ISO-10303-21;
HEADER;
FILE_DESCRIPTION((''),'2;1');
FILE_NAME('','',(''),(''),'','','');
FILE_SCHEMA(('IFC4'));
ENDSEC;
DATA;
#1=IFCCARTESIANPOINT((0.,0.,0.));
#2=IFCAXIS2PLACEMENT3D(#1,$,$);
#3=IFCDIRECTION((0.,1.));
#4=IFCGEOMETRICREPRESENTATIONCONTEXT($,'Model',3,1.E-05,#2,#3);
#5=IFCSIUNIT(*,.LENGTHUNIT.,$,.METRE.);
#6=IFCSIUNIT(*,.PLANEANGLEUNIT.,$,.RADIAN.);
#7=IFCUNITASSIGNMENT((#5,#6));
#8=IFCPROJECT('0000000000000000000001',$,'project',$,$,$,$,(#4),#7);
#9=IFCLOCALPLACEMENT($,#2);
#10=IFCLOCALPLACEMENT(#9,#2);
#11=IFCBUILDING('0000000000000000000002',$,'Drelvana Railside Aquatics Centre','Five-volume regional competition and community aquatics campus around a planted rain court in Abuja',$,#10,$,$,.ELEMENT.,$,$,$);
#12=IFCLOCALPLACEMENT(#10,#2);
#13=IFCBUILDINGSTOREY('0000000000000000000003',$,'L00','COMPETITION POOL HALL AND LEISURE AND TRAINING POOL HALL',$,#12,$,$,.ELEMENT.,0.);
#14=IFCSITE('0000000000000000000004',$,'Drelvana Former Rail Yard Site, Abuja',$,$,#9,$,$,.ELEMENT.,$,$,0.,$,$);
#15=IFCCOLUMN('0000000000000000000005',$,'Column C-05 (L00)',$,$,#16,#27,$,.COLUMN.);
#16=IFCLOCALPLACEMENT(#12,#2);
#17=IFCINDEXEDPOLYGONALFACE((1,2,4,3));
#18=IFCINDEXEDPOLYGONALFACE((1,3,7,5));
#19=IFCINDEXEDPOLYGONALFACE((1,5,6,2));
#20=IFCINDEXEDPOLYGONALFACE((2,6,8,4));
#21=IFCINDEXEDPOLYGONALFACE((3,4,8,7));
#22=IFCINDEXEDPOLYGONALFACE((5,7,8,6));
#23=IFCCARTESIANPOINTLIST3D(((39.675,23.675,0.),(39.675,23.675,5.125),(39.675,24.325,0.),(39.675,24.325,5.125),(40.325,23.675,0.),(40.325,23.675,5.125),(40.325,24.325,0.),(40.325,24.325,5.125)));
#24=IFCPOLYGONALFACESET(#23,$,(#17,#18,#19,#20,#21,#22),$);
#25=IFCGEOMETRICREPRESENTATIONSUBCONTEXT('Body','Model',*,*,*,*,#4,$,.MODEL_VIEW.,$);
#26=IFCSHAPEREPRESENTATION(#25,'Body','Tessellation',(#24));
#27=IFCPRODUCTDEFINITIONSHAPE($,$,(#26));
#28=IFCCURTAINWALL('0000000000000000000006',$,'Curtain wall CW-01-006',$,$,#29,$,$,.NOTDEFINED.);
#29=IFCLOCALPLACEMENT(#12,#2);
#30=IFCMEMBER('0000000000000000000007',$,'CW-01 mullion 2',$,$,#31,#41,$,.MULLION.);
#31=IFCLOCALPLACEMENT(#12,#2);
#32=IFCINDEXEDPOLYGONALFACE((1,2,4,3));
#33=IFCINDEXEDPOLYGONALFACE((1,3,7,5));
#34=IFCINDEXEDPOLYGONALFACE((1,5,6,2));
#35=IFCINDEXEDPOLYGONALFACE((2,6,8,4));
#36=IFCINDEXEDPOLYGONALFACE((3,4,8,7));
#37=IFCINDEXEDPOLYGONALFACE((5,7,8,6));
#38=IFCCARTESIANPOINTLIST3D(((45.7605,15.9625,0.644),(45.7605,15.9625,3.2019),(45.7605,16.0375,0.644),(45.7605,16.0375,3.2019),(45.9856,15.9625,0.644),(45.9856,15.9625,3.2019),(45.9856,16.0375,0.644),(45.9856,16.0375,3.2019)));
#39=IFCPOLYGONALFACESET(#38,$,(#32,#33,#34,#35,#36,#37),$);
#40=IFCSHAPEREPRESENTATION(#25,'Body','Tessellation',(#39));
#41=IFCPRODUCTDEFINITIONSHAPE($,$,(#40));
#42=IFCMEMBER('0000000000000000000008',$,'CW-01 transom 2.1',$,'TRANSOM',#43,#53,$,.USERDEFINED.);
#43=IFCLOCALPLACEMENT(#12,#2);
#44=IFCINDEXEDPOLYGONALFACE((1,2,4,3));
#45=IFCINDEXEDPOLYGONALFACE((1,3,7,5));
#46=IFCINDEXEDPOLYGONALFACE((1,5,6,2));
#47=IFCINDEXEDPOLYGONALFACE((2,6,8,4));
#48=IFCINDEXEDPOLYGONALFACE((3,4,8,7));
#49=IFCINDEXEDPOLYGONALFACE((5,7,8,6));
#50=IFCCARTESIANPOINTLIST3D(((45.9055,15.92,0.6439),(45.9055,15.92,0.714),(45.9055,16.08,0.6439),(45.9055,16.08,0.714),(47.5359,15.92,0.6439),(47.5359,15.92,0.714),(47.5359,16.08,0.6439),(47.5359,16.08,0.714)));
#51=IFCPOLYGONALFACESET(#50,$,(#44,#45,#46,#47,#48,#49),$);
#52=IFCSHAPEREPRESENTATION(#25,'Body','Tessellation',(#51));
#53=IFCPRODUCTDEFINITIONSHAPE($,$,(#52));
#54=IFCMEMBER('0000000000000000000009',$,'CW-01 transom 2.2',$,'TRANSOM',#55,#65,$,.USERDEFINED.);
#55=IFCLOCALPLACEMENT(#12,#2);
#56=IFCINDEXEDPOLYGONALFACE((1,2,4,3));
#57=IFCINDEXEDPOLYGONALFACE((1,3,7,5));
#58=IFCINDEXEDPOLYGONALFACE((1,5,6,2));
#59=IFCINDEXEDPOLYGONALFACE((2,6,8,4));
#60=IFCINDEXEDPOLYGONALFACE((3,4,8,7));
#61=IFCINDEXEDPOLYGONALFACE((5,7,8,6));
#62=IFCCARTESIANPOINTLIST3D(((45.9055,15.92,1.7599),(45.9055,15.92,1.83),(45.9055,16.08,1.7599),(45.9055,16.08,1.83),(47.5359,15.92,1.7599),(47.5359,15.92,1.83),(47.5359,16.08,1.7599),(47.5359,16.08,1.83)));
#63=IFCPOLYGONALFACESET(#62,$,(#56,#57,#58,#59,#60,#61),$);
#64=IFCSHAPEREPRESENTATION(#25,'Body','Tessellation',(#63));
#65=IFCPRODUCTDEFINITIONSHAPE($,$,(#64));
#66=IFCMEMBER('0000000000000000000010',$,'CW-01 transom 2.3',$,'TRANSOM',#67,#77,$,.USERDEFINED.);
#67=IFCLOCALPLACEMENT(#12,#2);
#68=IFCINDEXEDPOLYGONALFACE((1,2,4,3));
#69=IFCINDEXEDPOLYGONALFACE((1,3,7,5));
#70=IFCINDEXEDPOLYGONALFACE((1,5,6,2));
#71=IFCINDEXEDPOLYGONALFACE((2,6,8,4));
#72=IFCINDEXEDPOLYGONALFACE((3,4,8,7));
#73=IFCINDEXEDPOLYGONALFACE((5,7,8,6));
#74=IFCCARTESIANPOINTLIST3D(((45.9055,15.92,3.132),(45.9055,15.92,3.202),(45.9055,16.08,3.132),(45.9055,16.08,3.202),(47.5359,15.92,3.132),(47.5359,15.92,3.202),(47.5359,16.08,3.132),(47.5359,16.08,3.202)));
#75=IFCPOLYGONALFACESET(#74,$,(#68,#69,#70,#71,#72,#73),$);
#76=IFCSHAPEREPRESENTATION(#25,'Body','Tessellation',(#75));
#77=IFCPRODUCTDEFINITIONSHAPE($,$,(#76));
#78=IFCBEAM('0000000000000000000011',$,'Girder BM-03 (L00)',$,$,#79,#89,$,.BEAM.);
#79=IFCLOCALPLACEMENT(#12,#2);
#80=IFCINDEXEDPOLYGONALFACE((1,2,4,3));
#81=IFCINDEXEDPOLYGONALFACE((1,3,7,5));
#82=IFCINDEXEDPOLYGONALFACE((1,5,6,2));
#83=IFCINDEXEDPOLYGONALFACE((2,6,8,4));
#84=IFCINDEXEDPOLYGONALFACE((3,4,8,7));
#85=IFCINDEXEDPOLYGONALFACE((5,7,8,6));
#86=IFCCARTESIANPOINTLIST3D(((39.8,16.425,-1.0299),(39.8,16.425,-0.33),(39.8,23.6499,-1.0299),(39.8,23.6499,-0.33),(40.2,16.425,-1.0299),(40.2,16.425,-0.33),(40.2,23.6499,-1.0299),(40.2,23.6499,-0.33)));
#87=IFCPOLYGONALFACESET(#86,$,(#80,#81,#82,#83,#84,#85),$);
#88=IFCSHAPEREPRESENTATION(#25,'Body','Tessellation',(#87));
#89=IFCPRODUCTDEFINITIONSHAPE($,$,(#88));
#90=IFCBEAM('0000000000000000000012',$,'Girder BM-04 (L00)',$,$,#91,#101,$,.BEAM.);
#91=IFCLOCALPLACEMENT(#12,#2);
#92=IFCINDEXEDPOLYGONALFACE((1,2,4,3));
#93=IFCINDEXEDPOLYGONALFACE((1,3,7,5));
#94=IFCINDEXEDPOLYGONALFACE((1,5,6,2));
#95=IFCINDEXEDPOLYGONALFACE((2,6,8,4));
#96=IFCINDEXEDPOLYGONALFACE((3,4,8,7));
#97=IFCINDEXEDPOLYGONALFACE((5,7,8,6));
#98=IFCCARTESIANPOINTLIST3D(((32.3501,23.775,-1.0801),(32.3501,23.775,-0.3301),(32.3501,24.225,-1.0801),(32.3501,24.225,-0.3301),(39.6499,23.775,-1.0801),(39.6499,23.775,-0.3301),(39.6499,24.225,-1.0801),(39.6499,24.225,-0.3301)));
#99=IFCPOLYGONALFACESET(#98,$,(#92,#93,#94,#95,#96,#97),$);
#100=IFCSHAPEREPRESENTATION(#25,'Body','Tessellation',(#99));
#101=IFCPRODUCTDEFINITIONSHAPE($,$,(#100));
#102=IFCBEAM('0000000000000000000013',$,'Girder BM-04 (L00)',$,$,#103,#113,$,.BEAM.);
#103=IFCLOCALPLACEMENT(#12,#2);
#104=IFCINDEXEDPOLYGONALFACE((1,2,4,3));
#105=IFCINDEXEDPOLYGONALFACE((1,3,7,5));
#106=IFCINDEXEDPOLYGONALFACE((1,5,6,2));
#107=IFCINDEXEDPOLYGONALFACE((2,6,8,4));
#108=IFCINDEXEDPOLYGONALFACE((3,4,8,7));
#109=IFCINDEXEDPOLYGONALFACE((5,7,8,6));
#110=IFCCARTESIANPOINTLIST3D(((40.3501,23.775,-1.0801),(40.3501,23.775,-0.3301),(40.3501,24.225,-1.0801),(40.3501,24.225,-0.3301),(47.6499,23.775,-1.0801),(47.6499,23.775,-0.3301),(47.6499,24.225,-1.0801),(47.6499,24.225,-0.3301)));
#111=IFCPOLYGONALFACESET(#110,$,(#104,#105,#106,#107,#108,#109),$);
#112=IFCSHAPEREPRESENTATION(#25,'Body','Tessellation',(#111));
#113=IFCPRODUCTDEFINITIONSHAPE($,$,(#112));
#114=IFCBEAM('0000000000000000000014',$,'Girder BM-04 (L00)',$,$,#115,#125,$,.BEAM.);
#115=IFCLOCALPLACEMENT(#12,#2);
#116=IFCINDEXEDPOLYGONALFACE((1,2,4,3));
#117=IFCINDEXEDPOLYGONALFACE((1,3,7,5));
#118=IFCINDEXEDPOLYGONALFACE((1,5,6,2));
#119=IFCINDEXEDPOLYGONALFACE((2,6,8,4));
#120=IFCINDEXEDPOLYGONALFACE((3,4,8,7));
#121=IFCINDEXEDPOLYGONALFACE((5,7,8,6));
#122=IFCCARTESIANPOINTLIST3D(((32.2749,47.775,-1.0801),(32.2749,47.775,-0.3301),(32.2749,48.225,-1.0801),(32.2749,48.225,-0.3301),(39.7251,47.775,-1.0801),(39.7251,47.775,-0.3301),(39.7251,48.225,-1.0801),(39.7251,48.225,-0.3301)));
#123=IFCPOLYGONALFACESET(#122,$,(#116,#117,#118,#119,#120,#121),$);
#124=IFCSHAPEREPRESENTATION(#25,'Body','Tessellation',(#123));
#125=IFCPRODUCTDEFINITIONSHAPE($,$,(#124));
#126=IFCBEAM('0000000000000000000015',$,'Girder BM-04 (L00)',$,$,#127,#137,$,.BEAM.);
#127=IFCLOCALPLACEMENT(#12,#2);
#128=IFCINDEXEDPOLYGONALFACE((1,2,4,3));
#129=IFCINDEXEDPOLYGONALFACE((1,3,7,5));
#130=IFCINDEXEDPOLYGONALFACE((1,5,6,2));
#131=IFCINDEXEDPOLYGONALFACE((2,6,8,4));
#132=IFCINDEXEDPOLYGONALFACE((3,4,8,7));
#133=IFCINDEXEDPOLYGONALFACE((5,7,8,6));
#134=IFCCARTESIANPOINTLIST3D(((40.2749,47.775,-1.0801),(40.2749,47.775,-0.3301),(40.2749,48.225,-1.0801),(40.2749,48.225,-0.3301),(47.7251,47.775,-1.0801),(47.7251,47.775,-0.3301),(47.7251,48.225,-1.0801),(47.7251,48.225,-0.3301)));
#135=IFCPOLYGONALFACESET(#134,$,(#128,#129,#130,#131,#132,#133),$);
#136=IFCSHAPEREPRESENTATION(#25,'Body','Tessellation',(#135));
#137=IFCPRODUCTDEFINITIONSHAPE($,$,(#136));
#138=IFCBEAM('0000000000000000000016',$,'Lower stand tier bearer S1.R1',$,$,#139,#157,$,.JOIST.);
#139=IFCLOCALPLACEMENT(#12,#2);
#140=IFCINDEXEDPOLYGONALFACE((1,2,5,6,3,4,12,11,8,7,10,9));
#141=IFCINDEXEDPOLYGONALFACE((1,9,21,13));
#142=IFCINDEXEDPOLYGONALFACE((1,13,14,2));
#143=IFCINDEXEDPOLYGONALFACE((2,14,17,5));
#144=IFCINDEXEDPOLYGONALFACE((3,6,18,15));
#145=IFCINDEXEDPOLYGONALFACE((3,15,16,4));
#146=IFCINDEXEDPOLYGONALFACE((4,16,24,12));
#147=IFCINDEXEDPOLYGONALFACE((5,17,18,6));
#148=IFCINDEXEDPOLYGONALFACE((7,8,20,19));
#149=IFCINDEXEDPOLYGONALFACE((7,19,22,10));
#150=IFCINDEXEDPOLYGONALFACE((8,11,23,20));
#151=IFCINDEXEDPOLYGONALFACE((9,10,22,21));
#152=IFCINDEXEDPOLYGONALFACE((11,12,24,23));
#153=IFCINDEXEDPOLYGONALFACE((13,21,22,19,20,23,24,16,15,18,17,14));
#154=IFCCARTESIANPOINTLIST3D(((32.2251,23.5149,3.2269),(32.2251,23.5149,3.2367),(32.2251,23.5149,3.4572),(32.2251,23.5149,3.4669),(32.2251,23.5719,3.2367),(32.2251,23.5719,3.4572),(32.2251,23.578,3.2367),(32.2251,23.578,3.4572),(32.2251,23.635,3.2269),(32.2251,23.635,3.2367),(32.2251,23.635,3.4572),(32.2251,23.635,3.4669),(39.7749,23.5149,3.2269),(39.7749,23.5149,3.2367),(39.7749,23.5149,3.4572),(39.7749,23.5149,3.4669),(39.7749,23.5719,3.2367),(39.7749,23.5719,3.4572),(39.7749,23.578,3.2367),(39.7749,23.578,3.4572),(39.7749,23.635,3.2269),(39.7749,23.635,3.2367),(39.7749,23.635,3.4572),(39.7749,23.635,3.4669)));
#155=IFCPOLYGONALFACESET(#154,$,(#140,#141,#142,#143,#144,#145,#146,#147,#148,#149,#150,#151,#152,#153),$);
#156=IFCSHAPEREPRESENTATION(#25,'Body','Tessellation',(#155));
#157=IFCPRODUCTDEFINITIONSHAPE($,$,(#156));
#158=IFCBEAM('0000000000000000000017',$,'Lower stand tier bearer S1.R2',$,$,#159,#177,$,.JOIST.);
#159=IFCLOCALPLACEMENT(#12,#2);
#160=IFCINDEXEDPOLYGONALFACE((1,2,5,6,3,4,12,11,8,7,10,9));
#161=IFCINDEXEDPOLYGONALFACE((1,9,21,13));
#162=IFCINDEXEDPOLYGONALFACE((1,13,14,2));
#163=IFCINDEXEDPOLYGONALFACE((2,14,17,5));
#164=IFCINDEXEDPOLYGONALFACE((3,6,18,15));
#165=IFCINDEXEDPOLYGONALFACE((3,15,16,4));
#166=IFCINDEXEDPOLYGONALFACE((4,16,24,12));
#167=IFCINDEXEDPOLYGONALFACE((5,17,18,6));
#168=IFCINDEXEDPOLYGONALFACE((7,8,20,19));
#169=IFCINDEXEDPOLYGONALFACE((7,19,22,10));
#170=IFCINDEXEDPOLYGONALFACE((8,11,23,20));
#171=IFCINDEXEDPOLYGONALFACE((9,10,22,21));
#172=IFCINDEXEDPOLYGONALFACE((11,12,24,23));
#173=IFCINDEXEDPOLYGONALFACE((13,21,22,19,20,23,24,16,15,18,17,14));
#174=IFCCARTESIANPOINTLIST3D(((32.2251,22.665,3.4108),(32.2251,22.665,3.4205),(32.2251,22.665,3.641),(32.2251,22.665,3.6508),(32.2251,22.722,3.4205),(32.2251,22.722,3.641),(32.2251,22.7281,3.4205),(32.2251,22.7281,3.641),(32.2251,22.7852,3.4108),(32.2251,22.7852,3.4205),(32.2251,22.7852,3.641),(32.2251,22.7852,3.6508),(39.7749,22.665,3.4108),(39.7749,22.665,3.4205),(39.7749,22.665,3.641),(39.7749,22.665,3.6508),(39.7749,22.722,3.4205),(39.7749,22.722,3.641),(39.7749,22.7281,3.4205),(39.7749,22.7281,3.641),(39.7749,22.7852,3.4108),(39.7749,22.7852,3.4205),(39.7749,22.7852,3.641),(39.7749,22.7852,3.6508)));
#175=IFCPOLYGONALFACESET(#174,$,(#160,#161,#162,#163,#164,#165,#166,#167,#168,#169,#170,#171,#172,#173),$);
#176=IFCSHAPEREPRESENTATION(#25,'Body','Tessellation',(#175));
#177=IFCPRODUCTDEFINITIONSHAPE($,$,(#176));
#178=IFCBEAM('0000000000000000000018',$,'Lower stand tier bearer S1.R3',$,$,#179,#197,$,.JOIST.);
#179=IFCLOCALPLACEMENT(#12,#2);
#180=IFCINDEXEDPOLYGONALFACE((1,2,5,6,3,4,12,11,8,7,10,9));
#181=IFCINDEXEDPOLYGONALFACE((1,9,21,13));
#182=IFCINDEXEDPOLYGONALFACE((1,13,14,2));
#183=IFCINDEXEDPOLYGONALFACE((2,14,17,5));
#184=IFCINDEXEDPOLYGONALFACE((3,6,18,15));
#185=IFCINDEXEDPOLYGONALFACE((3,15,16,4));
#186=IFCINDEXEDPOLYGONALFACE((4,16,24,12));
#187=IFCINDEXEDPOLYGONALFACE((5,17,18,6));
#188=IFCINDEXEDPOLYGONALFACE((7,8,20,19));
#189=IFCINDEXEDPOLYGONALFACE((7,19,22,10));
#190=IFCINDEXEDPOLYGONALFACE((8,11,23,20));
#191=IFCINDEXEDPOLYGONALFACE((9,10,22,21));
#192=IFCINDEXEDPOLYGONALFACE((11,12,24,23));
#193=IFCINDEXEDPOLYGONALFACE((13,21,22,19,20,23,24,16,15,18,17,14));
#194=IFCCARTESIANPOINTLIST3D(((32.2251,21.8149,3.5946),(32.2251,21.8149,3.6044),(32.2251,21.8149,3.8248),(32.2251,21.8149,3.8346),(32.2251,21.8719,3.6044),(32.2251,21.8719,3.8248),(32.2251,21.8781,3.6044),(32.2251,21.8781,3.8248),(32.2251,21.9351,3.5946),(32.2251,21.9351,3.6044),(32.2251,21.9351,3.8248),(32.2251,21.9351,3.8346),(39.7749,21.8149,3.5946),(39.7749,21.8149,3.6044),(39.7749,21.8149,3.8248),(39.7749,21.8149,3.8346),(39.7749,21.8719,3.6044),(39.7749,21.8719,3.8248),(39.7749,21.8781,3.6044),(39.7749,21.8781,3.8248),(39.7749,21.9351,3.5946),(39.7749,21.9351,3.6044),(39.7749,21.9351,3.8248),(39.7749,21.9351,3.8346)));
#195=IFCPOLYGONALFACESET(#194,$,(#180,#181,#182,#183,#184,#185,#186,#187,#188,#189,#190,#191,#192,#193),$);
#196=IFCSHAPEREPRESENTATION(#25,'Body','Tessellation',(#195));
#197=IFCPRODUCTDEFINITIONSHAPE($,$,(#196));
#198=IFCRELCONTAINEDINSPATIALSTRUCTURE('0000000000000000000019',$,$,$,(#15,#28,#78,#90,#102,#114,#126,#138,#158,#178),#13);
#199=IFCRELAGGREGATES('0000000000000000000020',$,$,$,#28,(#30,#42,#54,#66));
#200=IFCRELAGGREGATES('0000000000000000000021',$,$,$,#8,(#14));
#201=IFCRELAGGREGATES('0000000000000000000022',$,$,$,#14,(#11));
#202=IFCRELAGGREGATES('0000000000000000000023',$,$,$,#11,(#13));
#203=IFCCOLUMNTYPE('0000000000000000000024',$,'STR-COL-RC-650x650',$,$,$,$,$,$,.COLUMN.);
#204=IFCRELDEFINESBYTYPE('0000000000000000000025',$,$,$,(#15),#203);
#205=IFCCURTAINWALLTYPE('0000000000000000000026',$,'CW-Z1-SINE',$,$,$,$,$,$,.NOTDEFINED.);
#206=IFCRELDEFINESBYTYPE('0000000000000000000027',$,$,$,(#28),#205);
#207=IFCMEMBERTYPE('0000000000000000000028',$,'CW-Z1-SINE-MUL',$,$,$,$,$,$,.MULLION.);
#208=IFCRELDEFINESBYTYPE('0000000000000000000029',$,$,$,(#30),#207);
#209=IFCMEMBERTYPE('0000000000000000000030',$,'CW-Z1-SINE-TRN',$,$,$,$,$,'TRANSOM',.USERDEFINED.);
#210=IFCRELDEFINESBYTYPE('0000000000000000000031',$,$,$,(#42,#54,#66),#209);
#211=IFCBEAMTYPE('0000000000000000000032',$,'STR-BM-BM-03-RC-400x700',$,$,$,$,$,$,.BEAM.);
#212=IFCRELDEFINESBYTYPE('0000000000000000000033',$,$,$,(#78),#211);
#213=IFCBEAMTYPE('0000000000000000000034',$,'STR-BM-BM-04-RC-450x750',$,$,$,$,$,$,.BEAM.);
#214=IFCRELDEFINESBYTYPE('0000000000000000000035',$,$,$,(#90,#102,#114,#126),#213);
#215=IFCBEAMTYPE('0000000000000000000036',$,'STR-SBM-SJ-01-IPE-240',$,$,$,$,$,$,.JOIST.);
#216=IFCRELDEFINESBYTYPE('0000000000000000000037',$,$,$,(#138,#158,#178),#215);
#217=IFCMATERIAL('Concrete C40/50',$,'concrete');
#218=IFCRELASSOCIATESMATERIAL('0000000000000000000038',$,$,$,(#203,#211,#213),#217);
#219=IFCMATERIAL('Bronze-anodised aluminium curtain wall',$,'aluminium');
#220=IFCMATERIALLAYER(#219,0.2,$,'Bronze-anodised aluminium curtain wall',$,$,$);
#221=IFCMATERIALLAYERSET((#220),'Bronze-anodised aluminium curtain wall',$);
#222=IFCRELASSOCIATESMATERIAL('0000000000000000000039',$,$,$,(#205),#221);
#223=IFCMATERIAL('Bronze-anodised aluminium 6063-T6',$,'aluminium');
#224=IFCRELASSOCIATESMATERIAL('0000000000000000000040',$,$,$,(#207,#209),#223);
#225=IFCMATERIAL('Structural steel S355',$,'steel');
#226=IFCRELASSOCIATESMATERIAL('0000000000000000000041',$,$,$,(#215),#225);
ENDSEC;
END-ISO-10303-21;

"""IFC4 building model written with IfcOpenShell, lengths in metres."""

from ifc_helpers import new_model, si_unit, direction, frame, origin, origin_2d, place, context, subcontext, project, spatial, rectangle, i_section, extrude, material, layer, layer_set, material_profile, profile_set, type_object, element, aggregate, save


model = new_model("IFC4")

# Units and contexts
model_context = context("Model", 3, precision=1e-05, world=origin(), true_north=direction((0.0, 1.0)))
body_context = subcontext(model_context, "Body", "Model", "MODEL_VIEW")
ifc_project = project(units=[si_unit("LENGTHUNIT", "METRE"), si_unit("PLANEANGLEUNIT", "RADIAN")], contexts=[model_context])

# Site, building, storey
site_placement = place(None, origin())
site = spatial("IfcSite", under=ifc_project, at=site_placement, Name="Drelvana Former Rail Yard Site, Abuja", CompositionType="ELEMENT", RefElevation=0.0)
building_placement = place(site_placement, origin())
building = spatial("IfcBuilding", under=site, at=building_placement, Name="Drelvana Railside Aquatics Centre", Description="Five-volume regional competition and community aquatics campus around a planted rain court in Abuja", CompositionType="ELEMENT")
storey_placement = place(building_placement, origin())
storey = spatial("IfcBuildingStorey", under=building, at=storey_placement, Name="L00", Description="COMPETITION POOL HALL AND LEISURE AND TRAINING POOL HALL", CompositionType="ELEMENT", Elevation=0.0)

# Column
ifc_material_1 = material(Name="Concrete C40/50", Category="concrete")
ifc_material_profile_1 = material_profile(ifc_material_1, rectangle(XDim=0.6499, YDim=0.6499, at=origin_2d()), Name="RC 650x650")
ifc_profile_set_1 = profile_set([ifc_material_profile_1], Name="Concrete C40/50")
column_type = type_object("IfcColumnType", Name="STR-COL-RC-650x650", PredefinedType="COLUMN", material=ifc_profile_set_1)
column_placement = place(storey_placement, frame((40.0, 24.0, 0.0), z_axis=(0.0, 0.0, 1.0), x_axis=(1.0, 0.0, 0.0)))
element("IfcColumn", 1, at=column_placement, inside=storey, type_object=column_type, Name="Column C-05 (L00)", PredefinedType="COLUMN", context=body_context, shape_type="SweptSolid", body=[
    extrude(rectangle(XDim=0.6499, YDim=0.6499, at=origin_2d()), origin(), (0.0, 0.0, 1.0), 5.125),
])

# Curtain wall, members
ifc_material_2 = material(Name="Bronze-anodised aluminium curtain wall", Category="aluminium")
ifc_layer_1 = layer(ifc_material_2, 0.2, Name="Bronze-anodised aluminium curtain wall")
ifc_layer_set_1 = layer_set([ifc_layer_1], Name="Bronze-anodised aluminium curtain wall")
curtain_wall_type = type_object("IfcCurtainWallType", Name="CW-Z1-SINE", PredefinedType="NOTDEFINED", material=ifc_layer_set_1)
curtain_wall_placement = place(storey_placement, origin())
curtain_wall = element("IfcCurtainWall", 2, at=curtain_wall_placement, inside=storey, type_object=curtain_wall_type, Name="Curtain wall CW-01-006", PredefinedType="NOTDEFINED")
ifc_material_3 = material(Name="Bronze-anodised aluminium 6063-T6", Category="aluminium")
ifc_material_profile_2 = material_profile(ifc_material_3, rectangle(XDim=0.075, YDim=0.2251, at=origin_2d()), Name="ALU-M 75x225")
ifc_profile_set_2 = profile_set([ifc_material_profile_2], Name="Bronze-anodised aluminium 6063-T6")
member_type_1 = type_object("IfcMemberType", Name="CW-Z1-SINE-MUL", PredefinedType="MULLION", material=ifc_profile_set_2)
member_1_placement = place(storey_placement, frame((45.873, 16.0, 0.644), z_axis=(0.0, 0.0, 1.0), x_axis=(0.0, 1.0, 0.0)))
member_1 = element("IfcMember", 3, at=member_1_placement, type_object=member_type_1, Name="CW-01 mullion 2", PredefinedType="MULLION", context=body_context, shape_type="SweptSolid", body=[
    extrude(rectangle(XDim=0.075, YDim=0.2251, at=origin_2d()), origin(), (0.0, 0.0, 1.0), 2.5579),
])
ifc_material_profile_3 = material_profile(ifc_material_3, rectangle(XDim=0.1599, YDim=0.0701, at=origin_2d()), Name="ALU-T 70x160")
ifc_profile_set_3 = profile_set([ifc_material_profile_3], Name="Bronze-anodised aluminium 6063-T6")
member_type_2 = type_object("IfcMemberType", Name="CW-Z1-SINE-TRN", ElementType="TRANSOM", PredefinedType="USERDEFINED", material=ifc_profile_set_3)
member_2_placement = place(storey_placement, frame((45.9055, 16.0, 0.679), z_axis=(1.0, 0.0, 0.0), x_axis=(0.0, 1.0, 0.0)))
member_2 = element("IfcMember", 4, at=member_2_placement, type_object=member_type_2, Name="CW-01 transom 2.1", ObjectType="TRANSOM", PredefinedType="USERDEFINED", context=body_context, shape_type="SweptSolid", body=[
    extrude(rectangle(XDim=0.1599, YDim=0.0701, at=origin_2d()), origin(), (0.0, 0.0, 1.0), 1.6304),
])
member_3_placement = place(storey_placement, frame((45.9055, 16.0, 1.7949), z_axis=(1.0, 0.0, 0.0), x_axis=(0.0, 1.0, 0.0)))
member_3 = element("IfcMember", 5, at=member_3_placement, type_object=member_type_2, Name="CW-01 transom 2.2", ObjectType="TRANSOM", PredefinedType="USERDEFINED", context=body_context, shape_type="SweptSolid", body=[
    extrude(rectangle(XDim=0.1599, YDim=0.0701, at=origin_2d()), origin(), (0.0, 0.0, 1.0), 1.6304),
])
member_4_placement = place(storey_placement, frame((45.9055, 16.0, 3.167), z_axis=(1.0, 0.0, 0.0), x_axis=(0.0, 1.0, 0.0)))
member_4 = element("IfcMember", 6, at=member_4_placement, type_object=member_type_2, Name="CW-01 transom 2.3", ObjectType="TRANSOM", PredefinedType="USERDEFINED", context=body_context, shape_type="SweptSolid", body=[
    extrude(rectangle(XDim=0.1599, YDim=0.0701, at=origin_2d()), origin(), (0.0, 0.0, 1.0), 1.6304),
])

# Beams
ifc_material_profile_4 = material_profile(ifc_material_1, rectangle(XDim=0.3999, YDim=0.7, at=origin_2d()), Name="RC 400x700")
ifc_profile_set_4 = profile_set([ifc_material_profile_4], Name="Concrete C40/50")
beam_type_1 = type_object("IfcBeamType", Name="STR-BM-BM-03-RC-400x700", PredefinedType="BEAM", material=ifc_profile_set_4)
beam_1_placement = place(storey_placement, frame((40.0, 16.425, -0.6799), z_axis=(0.0, 1.0, 0.0), x_axis=(-1.0, 0.0, 0.0)))
element("IfcBeam", 7, at=beam_1_placement, inside=storey, type_object=beam_type_1, Name="Girder BM-03 (L00)", PredefinedType="BEAM", context=body_context, shape_type="SweptSolid", body=[
    extrude(rectangle(XDim=0.3999, YDim=0.7, at=origin_2d()), origin(), (0.0, 0.0, 1.0), 7.2249),
])
ifc_material_profile_5 = material_profile(ifc_material_1, rectangle(XDim=0.45, YDim=0.75, at=origin_2d()), Name="RC 450x750")
ifc_profile_set_5 = profile_set([ifc_material_profile_5], Name="Concrete C40/50")
beam_type_2 = type_object("IfcBeamType", Name="STR-BM-BM-04-RC-450x750", PredefinedType="BEAM", material=ifc_profile_set_5)
for number, where, z_axis, x_axis, name in (
    (8, (32.3501, 24.0, -0.7051), (1.0, 0.0, 0.0), (0.0, 1.0, 0.0), "Girder BM-04 (L00)"),
    (9, (40.3501, 24.0, -0.7051), (1.0, 0.0, 0.0), (0.0, 1.0, 0.0), "Girder BM-04 (L00)"),
):
    element("IfcBeam", number, at=place(storey_placement, frame(where, z_axis=z_axis, x_axis=x_axis)), inside=storey, type_object=beam_type_2, Name=name, PredefinedType="BEAM", context=body_context, shape_type="SweptSolid", body=[
        extrude(rectangle(XDim=0.45, YDim=0.75, at=origin_2d()), origin(), (0.0, 0.0, 1.0), 7.2998),
    ])
for number, where, z_axis, x_axis, name in (
    (10, (32.2749, 48.0, -0.7051), (1.0, 0.0, 0.0), (0.0, 1.0, 0.0), "Girder BM-04 (L00)"),
    (11, (40.2749, 48.0, -0.7051), (1.0, 0.0, 0.0), (0.0, 1.0, 0.0), "Girder BM-04 (L00)"),
):
    element("IfcBeam", number, at=place(storey_placement, frame(where, z_axis=z_axis, x_axis=x_axis)), inside=storey, type_object=beam_type_2, Name=name, PredefinedType="BEAM", context=body_context, shape_type="SweptSolid", body=[
        extrude(rectangle(XDim=0.45, YDim=0.75, at=origin_2d()), origin(), (0.0, 0.0, 1.0), 7.4502),
    ])
ifc_material_4 = material(Name="Structural steel S355", Category="steel")
ifc_material_profile_6 = material_profile(ifc_material_4, i_section(OverallWidth=0.1201, OverallDepth=0.24, WebThickness=0.0061, FlangeThickness=0.0098, at=origin_2d()), Name="IPE 240")
ifc_profile_set_6 = profile_set([ifc_material_profile_6], Name="Structural steel S355")
beam_type_3 = type_object("IfcBeamType", Name="STR-SBM-SJ-01-IPE-240", PredefinedType="JOIST", material=ifc_profile_set_6)
for number, where, z_axis, x_axis, name in (
    (12, (32.2251, 23.575, 3.3469), (1.0, 0.0, 0.0), (0.0, 1.0, 0.0), "Lower stand tier bearer S1.R1"),
    (13, (32.2251, 22.7251, 3.5308), (1.0, 0.0, 0.0), (0.0, 1.0, 0.0), "Lower stand tier bearer S1.R2"),
    (14, (32.2251, 21.875, 3.7146), (1.0, 0.0, 0.0), (0.0, 1.0, 0.0), "Lower stand tier bearer S1.R3"),
):
    element("IfcBeam", number, at=place(storey_placement, frame(where, z_axis=z_axis, x_axis=x_axis)), inside=storey, type_object=beam_type_3, Name=name, PredefinedType="JOIST", context=body_context, shape_type="SweptSolid", body=[
        extrude(i_section(OverallWidth=0.1201, OverallDepth=0.24, WebThickness=0.0061, FlangeThickness=0.0098, at=origin_2d()), origin(), (0.0, 0.0, 1.0), 7.5498),
    ])

aggregate(curtain_wall, [member_1, member_2, member_3, member_4])

save(model, "model.ifc")
